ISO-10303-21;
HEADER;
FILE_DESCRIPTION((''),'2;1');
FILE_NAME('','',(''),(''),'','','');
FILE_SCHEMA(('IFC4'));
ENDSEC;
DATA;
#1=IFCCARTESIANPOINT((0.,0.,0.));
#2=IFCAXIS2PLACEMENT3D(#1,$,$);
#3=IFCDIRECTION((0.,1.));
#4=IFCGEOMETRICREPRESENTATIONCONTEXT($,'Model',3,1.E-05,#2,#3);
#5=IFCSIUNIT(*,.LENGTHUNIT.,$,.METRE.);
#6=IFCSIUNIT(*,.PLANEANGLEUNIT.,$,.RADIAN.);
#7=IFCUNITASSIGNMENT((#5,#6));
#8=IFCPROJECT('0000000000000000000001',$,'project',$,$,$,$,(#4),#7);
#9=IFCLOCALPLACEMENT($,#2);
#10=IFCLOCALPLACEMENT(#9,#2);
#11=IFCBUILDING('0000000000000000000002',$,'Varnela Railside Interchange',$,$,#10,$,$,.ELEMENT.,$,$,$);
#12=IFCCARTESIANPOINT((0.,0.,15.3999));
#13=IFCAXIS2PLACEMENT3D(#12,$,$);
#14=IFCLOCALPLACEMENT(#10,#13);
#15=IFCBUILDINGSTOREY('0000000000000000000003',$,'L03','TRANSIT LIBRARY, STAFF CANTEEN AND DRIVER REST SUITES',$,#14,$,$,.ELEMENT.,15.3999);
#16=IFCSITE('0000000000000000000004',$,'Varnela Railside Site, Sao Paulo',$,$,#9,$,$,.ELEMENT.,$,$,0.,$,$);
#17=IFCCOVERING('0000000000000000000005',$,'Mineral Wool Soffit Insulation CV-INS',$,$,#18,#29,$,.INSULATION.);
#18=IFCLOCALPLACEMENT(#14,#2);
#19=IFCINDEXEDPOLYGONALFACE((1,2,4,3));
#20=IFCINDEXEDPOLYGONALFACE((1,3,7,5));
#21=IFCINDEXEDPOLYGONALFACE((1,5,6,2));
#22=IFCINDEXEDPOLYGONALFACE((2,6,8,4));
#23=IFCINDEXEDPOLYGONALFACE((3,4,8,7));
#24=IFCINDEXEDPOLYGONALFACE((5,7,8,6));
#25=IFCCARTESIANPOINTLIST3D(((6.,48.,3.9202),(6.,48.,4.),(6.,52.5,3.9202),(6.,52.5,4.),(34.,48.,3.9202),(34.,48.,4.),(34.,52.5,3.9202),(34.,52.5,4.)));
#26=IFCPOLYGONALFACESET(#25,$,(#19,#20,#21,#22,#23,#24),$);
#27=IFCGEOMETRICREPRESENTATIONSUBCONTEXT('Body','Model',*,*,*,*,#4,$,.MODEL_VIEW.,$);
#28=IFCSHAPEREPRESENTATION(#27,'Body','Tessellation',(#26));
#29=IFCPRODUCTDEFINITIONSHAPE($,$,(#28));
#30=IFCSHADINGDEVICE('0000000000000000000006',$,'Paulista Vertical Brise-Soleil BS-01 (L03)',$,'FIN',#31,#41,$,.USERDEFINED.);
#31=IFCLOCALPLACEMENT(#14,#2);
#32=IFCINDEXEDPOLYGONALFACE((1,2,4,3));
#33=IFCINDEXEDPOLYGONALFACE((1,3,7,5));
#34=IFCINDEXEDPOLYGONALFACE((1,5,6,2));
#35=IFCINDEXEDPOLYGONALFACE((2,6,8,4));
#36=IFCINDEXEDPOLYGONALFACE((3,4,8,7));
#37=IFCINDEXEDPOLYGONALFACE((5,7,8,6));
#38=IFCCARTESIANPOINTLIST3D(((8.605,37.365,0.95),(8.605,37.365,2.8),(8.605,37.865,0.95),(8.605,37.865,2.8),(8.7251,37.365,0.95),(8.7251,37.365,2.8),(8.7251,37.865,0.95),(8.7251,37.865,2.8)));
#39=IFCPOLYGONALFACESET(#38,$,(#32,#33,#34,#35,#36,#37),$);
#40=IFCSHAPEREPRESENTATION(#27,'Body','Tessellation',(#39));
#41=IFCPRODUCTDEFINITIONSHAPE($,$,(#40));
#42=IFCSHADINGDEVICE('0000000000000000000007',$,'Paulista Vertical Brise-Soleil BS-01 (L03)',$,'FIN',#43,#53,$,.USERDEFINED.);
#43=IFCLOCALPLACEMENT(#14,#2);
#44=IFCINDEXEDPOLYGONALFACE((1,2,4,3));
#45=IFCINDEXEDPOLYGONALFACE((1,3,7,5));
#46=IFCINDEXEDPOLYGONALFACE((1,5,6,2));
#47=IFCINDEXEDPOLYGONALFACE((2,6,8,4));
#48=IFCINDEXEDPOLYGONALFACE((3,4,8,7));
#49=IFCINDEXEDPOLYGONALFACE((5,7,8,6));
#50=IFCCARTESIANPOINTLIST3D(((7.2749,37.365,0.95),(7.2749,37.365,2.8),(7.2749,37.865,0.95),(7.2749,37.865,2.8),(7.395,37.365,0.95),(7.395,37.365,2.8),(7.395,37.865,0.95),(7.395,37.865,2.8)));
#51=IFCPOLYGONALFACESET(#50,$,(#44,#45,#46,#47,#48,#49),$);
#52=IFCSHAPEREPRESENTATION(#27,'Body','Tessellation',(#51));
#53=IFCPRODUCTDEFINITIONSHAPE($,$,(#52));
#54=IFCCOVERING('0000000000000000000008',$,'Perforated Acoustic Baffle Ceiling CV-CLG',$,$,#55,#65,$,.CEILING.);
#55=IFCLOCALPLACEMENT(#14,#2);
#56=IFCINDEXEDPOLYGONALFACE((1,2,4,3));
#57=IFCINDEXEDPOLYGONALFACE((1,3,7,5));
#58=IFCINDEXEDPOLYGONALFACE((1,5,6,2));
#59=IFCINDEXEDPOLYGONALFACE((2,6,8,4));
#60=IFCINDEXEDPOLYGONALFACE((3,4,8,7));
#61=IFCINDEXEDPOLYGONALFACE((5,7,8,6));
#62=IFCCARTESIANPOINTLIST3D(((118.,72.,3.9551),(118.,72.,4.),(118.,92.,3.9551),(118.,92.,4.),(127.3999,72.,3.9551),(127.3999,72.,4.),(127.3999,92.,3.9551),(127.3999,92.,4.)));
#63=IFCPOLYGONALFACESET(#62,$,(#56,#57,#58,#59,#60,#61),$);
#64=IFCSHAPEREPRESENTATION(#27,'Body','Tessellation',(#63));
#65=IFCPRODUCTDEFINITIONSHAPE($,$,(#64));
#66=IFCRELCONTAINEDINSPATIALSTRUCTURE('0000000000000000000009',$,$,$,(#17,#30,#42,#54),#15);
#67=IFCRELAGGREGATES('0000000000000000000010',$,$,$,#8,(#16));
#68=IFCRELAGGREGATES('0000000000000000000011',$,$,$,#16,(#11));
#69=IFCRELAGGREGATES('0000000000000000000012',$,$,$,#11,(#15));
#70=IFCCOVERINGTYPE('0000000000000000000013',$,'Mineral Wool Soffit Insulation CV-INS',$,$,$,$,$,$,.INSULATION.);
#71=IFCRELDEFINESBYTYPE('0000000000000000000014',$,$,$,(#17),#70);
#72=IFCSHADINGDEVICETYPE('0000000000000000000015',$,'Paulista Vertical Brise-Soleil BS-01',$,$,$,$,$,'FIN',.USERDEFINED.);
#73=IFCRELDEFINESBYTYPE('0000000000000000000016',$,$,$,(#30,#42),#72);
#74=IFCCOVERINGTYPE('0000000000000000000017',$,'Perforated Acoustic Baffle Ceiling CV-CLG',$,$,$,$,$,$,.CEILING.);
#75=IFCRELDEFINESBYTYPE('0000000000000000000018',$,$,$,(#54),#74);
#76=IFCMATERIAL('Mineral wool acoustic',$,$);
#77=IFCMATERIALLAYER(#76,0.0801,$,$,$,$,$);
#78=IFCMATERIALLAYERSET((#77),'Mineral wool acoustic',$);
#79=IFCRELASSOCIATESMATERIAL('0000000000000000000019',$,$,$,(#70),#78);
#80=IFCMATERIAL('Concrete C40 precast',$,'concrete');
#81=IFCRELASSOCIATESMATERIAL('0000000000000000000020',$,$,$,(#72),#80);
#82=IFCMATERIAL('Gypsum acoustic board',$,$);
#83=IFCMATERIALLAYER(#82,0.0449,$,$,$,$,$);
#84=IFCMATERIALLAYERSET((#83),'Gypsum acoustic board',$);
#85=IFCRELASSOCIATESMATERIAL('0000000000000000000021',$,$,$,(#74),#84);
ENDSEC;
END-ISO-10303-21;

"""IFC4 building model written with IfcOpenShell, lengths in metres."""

from ifc_helpers import new_model, si_unit, direction, frame, origin, origin_2d, place, context, subcontext, project, spatial, polyline, rectangle, outline, extrude, material, layer, layer_set, type_object, element, save


model = new_model("IFC4")

# Units and contexts
model_context = context("Model", 3, precision=1e-05, world=origin(), true_north=direction((0.0, 1.0)))
body_context = subcontext(model_context, "Body", "Model", "MODEL_VIEW")
ifc_project = project(units=[si_unit("LENGTHUNIT", "METRE"), si_unit("PLANEANGLEUNIT", "RADIAN")], contexts=[model_context])

# Site, building, storey
site_placement = place(None, origin())
site = spatial("IfcSite", under=ifc_project, at=site_placement, Name="Varnela Railside Site, Sao Paulo", CompositionType="ELEMENT", RefElevation=0.0)
building_placement = place(site_placement, origin())
building = spatial("IfcBuilding", under=site, at=building_placement, Name="Varnela Railside Interchange", CompositionType="ELEMENT")
storey_placement = place(building_placement, frame((0.0, 0.0, 15.3999)))
storey = spatial("IfcBuildingStorey", under=building, at=storey_placement, Name="L03", Description="TRANSIT LIBRARY, STAFF CANTEEN AND DRIVER REST SUITES", CompositionType="ELEMENT", Elevation=15.3999)

# Shared definitions
ifc_material_1 = material(Name="Concrete C40 precast", Category="concrete")

# Covering
ifc_material_2 = material(Name="Mineral wool acoustic")
ifc_layer_1 = layer(ifc_material_2, 0.0801)
ifc_layer_set_1 = layer_set([ifc_layer_1], Name="Mineral wool acoustic")
covering_type_1 = type_object("IfcCoveringType", Name="Mineral Wool Soffit Insulation CV-INS", PredefinedType="INSULATION", material=ifc_layer_set_1)
covering_1_placement = place(storey_placement, frame((0.0, 0.0, 3.9202)))
element("IfcCovering", 1, at=covering_1_placement, inside=storey, type_object=covering_type_1, Name="Mineral Wool Soffit Insulation CV-INS", PredefinedType="INSULATION", context=body_context, shape_type="SweptSolid", body=[
    extrude(outline(polyline([(6.0, 48.0), (34.0, 48.0), (34.0, 52.5), (6.0, 52.5), (6.0, 48.0)])), origin(), (0.0, 0.0, 1.0), 0.0798),
])

# Shading devices
shading_device_type = type_object("IfcShadingDeviceType", Name="Paulista Vertical Brise-Soleil BS-01", ElementType="FIN", PredefinedType="USERDEFINED", material=ifc_material_1)
for number, where, z_axis, x_axis, name in (
    (2, (8.665, 37.615, 0.95), (0.0, 0.0, 1.0), (0.0, -1.0, 0.0), "Paulista Vertical Brise-Soleil BS-01 (L03)"),
    (3, (7.335, 37.615, 0.95), (0.0, 0.0, 1.0), (0.0, -1.0, 0.0), "Paulista Vertical Brise-Soleil BS-01 (L03)"),
):
    element("IfcShadingDevice", number, at=place(storey_placement, frame(where, z_axis=z_axis, x_axis=x_axis)), inside=storey, type_object=shading_device_type, Name=name, ObjectType="FIN", PredefinedType="USERDEFINED", context=body_context, shape_type="SweptSolid", body=[
        extrude(rectangle(XDim=0.5, YDim=0.1201, at=origin_2d()), origin(), (0.0, 0.0, 1.0), 1.8501),
    ])

# Covering
ifc_material_3 = material(Name="Gypsum acoustic board")
ifc_layer_2 = layer(ifc_material_3, 0.0449)
ifc_layer_set_2 = layer_set([ifc_layer_2], Name="Gypsum acoustic board")
covering_type_2 = type_object("IfcCoveringType", Name="Perforated Acoustic Baffle Ceiling CV-CLG", PredefinedType="CEILING", material=ifc_layer_set_2)
covering_2_placement = place(storey_placement, frame((0.0, 0.0, 3.9551)))
element("IfcCovering", 4, at=covering_2_placement, inside=storey, type_object=covering_type_2, Name="Perforated Acoustic Baffle Ceiling CV-CLG", PredefinedType="CEILING", context=body_context, shape_type="SweptSolid", body=[
    extrude(outline(polyline([(118.0, 72.0), (127.3999, 72.0), (127.3999, 92.0), (118.0, 92.0), (118.0, 72.0)])), origin(), (0.0, 0.0, 1.0), 0.0449),
])

save(model, "model.ifc")
